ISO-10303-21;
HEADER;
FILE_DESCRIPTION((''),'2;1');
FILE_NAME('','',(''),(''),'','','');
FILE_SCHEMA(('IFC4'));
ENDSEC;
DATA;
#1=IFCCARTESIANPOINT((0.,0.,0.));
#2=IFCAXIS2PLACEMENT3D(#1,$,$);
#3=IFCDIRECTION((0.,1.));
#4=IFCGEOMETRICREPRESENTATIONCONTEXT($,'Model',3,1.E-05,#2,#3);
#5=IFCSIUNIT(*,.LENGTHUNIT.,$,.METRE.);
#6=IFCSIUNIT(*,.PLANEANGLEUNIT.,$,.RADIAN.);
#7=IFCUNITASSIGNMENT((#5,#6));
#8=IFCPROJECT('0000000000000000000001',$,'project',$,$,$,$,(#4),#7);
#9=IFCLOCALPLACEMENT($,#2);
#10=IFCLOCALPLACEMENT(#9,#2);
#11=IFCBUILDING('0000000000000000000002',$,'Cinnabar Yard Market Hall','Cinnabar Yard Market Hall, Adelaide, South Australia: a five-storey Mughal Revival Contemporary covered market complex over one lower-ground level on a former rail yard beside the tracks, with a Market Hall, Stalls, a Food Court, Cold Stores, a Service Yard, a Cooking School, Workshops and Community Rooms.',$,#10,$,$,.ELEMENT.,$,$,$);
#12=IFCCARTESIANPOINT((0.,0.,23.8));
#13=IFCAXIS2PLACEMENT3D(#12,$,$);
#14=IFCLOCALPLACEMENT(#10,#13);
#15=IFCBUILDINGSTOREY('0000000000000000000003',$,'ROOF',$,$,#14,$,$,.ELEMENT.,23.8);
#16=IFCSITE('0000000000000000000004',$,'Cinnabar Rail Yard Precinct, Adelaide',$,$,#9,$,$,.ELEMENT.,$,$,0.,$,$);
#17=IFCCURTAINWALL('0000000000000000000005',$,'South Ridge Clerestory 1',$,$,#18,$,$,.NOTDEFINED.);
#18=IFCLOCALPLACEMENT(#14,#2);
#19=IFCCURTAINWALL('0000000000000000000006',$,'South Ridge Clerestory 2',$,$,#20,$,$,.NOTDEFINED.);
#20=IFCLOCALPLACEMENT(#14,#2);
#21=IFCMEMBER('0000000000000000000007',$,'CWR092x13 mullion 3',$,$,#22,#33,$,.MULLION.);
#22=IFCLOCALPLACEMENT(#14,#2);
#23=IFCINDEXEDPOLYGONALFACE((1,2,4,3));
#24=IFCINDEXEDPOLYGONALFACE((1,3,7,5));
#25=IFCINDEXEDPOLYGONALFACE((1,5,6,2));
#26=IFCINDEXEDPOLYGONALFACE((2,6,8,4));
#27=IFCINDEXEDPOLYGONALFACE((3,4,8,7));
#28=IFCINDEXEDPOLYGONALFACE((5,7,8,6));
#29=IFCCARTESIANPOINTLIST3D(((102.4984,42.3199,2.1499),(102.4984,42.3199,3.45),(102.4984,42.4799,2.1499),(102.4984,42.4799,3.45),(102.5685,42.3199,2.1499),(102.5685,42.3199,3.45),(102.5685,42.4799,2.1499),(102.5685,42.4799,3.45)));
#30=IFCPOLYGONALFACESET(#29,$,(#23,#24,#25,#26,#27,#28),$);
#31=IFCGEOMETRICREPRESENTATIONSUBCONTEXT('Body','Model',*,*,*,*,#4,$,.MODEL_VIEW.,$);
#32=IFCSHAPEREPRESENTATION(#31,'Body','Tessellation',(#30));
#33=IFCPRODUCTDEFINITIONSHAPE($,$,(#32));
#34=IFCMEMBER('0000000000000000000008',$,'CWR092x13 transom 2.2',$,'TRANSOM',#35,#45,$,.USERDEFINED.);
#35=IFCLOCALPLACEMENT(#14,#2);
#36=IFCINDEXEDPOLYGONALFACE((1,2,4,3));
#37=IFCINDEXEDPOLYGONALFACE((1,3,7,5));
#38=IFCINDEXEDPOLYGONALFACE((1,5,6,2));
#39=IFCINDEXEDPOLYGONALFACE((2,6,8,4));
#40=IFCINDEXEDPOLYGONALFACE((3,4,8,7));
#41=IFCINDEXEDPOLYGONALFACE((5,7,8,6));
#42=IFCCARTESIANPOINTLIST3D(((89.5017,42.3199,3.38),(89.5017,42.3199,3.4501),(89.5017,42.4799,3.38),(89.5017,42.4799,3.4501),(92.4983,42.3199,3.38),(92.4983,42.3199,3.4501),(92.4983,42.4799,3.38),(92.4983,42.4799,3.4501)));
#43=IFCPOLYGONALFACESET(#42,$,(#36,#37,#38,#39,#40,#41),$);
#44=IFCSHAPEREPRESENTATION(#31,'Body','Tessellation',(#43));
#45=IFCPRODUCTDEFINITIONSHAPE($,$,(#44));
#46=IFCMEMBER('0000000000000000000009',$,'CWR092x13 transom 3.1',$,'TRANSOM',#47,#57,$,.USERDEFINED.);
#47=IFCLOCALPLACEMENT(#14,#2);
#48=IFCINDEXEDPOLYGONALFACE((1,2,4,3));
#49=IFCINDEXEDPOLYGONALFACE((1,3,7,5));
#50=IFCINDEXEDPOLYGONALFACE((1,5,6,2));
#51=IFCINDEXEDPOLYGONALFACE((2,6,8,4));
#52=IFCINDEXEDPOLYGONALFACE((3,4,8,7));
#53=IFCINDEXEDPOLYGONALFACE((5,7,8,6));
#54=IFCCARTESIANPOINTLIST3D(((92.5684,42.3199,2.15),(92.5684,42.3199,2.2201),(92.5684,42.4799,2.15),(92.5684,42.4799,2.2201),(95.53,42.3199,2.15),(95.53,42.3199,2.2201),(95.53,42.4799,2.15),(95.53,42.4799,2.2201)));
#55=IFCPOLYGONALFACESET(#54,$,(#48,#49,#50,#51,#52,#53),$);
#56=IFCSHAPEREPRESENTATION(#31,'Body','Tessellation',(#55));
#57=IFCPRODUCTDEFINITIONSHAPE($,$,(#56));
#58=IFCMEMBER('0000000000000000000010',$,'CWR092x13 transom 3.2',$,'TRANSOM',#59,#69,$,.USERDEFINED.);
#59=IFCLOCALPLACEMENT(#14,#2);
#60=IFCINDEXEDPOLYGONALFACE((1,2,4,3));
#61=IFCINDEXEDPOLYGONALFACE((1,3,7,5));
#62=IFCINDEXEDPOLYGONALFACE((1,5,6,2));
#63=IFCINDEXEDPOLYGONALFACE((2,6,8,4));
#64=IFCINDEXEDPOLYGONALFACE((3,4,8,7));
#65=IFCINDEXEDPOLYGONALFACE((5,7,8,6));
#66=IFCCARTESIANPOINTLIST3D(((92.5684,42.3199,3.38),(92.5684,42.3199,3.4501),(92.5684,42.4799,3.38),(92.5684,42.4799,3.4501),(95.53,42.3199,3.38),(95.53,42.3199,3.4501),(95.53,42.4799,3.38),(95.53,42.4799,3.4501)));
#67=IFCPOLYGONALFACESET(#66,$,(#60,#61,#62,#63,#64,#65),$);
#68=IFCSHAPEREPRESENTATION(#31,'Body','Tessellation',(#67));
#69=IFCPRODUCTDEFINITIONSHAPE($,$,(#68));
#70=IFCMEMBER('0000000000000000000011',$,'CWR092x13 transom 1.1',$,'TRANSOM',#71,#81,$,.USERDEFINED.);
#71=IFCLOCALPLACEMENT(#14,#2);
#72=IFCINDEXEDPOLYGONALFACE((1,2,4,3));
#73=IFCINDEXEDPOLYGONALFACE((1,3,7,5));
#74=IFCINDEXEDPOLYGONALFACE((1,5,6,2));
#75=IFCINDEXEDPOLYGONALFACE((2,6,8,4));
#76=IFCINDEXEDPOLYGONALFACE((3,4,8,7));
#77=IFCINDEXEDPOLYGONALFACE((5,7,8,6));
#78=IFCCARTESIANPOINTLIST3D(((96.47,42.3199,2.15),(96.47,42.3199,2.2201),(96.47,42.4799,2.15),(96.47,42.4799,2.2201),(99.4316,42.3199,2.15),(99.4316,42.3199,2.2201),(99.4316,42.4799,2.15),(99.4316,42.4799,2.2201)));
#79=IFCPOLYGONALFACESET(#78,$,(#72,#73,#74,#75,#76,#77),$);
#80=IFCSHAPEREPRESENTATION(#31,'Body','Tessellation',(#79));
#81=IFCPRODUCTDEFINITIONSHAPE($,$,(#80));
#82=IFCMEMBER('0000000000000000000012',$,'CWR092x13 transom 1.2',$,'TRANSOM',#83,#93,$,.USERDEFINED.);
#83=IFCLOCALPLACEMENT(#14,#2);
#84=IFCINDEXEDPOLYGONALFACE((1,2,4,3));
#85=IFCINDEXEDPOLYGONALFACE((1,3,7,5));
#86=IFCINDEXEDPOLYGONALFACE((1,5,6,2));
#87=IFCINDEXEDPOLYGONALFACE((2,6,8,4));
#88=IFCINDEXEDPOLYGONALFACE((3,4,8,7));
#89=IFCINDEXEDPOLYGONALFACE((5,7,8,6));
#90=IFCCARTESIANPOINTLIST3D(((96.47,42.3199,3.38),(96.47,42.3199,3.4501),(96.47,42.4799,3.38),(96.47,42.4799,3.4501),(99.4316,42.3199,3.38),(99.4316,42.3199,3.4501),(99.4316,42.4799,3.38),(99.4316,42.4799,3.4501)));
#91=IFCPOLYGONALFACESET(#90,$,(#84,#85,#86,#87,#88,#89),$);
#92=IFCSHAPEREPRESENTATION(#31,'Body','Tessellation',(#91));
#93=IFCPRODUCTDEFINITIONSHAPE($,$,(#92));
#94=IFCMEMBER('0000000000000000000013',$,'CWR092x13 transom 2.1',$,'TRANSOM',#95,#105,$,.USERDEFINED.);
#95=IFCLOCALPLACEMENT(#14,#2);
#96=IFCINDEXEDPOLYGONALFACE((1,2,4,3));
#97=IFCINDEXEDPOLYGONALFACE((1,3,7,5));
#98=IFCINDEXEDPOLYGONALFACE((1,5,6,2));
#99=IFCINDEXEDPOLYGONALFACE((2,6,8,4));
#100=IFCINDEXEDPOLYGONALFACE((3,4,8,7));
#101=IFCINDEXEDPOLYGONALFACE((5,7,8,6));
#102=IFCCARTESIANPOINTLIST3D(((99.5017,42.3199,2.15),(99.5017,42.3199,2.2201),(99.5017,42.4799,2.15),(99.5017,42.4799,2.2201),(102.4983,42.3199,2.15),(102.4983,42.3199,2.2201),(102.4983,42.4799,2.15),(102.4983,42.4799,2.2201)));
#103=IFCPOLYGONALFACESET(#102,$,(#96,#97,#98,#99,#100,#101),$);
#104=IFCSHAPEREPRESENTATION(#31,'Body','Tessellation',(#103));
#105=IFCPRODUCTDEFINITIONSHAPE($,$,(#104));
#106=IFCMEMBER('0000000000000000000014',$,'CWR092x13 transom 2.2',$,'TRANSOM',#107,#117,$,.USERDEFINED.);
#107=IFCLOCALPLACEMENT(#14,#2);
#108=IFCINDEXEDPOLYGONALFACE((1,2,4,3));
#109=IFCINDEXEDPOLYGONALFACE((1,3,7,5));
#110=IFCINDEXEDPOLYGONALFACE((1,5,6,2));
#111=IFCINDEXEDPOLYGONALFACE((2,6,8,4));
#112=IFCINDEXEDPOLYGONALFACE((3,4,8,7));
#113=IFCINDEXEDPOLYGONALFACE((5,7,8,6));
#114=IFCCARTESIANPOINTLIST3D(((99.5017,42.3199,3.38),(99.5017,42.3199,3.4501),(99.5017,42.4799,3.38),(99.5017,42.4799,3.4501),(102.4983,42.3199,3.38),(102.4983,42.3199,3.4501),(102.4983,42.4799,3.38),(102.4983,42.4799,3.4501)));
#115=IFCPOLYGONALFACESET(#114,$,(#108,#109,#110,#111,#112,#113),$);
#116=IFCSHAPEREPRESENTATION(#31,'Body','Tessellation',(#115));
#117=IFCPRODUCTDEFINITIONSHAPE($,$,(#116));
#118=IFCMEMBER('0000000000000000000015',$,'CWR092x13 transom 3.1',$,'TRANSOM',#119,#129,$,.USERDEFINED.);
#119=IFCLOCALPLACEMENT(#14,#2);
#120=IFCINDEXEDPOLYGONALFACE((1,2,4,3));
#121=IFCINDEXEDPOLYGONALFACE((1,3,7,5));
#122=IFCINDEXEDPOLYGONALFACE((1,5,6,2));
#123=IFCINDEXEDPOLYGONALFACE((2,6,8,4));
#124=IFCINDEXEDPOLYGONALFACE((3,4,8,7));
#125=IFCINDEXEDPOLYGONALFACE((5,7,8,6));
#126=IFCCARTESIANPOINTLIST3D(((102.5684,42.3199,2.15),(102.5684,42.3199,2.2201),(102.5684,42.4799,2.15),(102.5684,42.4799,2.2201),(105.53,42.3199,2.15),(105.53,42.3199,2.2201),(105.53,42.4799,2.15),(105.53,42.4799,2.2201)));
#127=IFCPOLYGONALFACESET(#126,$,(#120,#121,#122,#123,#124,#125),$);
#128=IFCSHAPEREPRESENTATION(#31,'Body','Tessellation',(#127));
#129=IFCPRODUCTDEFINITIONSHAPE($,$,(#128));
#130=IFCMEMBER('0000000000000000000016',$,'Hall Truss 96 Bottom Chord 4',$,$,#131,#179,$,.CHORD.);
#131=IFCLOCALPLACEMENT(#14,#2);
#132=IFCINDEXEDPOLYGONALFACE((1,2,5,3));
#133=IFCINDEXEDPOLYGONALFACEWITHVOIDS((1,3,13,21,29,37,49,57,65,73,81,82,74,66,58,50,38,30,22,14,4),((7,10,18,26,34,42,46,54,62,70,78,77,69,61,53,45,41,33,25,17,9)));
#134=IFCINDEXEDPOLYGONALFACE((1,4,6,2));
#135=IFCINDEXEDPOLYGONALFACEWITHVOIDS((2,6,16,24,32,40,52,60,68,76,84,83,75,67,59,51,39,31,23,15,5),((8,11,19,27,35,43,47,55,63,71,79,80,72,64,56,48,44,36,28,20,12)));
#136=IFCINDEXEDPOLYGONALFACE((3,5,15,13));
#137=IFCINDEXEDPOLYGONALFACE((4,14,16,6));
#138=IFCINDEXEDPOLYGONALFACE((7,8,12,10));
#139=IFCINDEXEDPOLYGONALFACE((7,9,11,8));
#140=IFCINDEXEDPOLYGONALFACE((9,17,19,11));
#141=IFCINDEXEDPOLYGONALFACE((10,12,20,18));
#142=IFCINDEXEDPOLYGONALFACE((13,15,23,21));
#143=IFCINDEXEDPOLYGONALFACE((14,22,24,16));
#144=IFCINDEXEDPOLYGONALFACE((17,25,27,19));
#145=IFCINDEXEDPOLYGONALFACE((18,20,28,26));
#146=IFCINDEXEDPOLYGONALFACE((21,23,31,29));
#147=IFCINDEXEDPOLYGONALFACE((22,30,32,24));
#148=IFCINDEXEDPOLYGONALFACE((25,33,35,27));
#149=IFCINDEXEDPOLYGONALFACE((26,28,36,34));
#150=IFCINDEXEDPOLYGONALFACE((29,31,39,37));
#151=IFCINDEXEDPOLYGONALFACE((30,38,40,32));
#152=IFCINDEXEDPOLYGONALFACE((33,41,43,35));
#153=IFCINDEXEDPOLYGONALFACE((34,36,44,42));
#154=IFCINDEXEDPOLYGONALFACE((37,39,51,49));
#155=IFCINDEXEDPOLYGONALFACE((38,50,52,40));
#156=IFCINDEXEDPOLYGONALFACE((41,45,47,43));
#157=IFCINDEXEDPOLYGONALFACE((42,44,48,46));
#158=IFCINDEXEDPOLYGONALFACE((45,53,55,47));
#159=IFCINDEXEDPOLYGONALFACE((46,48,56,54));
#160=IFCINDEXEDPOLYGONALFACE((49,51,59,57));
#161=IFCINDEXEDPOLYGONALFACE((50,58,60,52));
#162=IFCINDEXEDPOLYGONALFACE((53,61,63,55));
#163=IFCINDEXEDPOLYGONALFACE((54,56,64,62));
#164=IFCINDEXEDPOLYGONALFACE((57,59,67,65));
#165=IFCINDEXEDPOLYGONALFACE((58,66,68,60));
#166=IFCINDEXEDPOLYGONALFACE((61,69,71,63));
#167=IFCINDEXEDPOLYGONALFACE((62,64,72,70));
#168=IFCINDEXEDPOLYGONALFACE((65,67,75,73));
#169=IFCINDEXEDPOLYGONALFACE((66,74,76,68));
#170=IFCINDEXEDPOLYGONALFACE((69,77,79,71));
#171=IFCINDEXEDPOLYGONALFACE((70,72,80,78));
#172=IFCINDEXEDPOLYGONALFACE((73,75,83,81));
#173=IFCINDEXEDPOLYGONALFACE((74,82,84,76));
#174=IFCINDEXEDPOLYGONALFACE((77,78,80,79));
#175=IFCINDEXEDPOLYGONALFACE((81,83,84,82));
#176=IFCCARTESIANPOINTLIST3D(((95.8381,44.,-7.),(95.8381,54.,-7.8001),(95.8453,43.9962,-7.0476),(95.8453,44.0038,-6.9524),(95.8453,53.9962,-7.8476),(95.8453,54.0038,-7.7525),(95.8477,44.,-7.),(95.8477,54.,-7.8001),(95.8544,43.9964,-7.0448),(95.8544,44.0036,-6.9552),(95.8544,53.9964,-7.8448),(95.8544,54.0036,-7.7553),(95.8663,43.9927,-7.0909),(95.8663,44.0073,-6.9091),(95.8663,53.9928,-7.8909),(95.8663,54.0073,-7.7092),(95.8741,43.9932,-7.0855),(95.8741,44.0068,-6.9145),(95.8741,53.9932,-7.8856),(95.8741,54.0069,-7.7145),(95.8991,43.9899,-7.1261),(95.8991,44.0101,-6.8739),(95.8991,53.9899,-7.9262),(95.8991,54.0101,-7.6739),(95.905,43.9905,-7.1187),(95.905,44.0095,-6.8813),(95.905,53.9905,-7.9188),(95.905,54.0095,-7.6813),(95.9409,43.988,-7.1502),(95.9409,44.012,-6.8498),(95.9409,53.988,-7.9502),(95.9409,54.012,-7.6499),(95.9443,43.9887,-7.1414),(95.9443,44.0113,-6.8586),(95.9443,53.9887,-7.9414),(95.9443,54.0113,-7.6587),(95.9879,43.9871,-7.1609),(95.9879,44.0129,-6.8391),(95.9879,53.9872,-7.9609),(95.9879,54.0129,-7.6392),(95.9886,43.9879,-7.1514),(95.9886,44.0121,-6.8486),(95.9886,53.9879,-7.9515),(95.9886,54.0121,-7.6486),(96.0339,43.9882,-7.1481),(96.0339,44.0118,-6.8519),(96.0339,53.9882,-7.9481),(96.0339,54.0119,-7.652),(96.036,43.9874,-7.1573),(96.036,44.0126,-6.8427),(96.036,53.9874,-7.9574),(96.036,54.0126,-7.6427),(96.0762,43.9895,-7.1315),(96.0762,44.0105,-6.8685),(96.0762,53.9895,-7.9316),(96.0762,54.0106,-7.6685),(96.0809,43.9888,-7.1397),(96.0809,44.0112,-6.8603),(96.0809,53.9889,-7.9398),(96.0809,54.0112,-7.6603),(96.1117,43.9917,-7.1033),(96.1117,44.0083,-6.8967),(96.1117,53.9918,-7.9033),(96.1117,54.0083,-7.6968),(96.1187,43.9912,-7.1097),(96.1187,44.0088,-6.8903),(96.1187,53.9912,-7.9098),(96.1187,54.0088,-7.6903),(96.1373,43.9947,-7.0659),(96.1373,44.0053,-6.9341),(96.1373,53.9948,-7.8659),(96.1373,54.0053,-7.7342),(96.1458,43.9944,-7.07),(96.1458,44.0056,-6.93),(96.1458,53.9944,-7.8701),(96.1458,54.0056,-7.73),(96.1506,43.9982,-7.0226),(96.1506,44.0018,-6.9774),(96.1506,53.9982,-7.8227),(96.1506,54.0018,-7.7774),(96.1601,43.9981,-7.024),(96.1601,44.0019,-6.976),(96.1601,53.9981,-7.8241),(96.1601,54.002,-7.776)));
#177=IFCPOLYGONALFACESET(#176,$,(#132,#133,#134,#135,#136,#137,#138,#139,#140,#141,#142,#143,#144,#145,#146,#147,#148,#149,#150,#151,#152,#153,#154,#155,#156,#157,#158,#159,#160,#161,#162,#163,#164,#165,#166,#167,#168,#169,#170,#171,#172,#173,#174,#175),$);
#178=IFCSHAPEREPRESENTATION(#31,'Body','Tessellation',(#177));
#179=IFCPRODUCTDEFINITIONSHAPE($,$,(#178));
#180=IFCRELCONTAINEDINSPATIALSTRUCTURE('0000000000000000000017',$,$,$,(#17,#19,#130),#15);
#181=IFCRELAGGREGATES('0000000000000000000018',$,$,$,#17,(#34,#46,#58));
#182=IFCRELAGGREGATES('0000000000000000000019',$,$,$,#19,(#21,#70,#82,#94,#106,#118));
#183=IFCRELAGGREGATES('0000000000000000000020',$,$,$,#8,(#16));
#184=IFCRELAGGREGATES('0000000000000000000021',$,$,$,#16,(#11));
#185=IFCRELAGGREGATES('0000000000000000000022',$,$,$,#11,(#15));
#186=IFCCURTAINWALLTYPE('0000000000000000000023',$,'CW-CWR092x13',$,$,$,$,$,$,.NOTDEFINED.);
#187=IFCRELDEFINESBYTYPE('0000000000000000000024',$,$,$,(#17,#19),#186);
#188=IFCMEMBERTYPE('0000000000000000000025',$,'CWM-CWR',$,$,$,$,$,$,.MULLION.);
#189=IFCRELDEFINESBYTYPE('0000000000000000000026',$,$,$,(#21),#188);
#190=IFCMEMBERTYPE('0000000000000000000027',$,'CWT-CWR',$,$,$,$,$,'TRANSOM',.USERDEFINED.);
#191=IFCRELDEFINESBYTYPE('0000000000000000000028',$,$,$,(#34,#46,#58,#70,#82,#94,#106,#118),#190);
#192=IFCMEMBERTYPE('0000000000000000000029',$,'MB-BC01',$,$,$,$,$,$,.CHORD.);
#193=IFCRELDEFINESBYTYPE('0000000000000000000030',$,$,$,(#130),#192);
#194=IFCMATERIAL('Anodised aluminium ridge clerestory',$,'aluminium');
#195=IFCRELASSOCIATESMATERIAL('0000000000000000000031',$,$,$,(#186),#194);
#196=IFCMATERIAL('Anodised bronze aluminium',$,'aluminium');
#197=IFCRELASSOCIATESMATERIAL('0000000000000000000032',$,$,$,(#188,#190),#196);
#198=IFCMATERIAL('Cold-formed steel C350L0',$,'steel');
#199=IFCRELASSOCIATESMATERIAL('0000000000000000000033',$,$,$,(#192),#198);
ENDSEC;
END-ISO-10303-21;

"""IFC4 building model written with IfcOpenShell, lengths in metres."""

from ifc_helpers import new_model, si_unit, direction, frame, origin, origin_2d_with_axis, place, context, subcontext, project, spatial, rectangle, hollow_circle, extrude, material, material_profile, profile_set, type_object, element, aggregate, save


model = new_model("IFC4")

# Units and contexts
model_context = context("Model", 3, precision=1e-05, world=origin(), true_north=direction((0.0, 1.0)))
body_context = subcontext(model_context, "Body", "Model", "MODEL_VIEW")
ifc_project = project(units=[si_unit("LENGTHUNIT", "METRE"), si_unit("PLANEANGLEUNIT", "RADIAN")], contexts=[model_context])

# Site, building, storey
site_placement = place(None, origin())
site = spatial("IfcSite", under=ifc_project, at=site_placement, Name="Cinnabar Rail Yard Precinct, Adelaide", CompositionType="ELEMENT", RefElevation=0.0)
building_placement = place(site_placement, origin())
building = spatial("IfcBuilding", under=site, at=building_placement, Name="Cinnabar Yard Market Hall", Description="Cinnabar Yard Market Hall, Adelaide, South Australia: a five-storey Mughal Revival Contemporary covered market complex over one lower-ground level on a former rail yard beside the tracks, with a Market Hall, Stalls, a Food Court, Cold Stores, a Service Yard, a Cooking School, Workshops and Community Rooms.", CompositionType="ELEMENT")
storey_placement = place(building_placement, frame((0.0, 0.0, 23.8)))
storey = spatial("IfcBuildingStorey", under=building, at=storey_placement, Name="ROOF", CompositionType="ELEMENT", Elevation=23.8)

# Curtain walls, member
ifc_material_1 = material(Name="Anodised aluminium ridge clerestory", Category="aluminium")
curtain_wall_type = type_object("IfcCurtainWallType", Name="CW-CWR092x13", PredefinedType="NOTDEFINED", material=ifc_material_1)
curtain_wall_1_placement = place(storey_placement, origin())
curtain_wall_1 = element("IfcCurtainWall", 1, at=curtain_wall_1_placement, inside=storey, type_object=curtain_wall_type, Name="South Ridge Clerestory 1", PredefinedType="NOTDEFINED")
ifc_material_2 = material(Name="Anodised bronze aluminium", Category="aluminium")
ifc_material_profile_1 = material_profile(ifc_material_2, rectangle(XDim=0.1599, YDim=0.0701, at=origin_2d_with_axis()), Name="MUL-CWR")
ifc_profile_set_1 = profile_set([ifc_material_profile_1], Name="Anodised bronze aluminium")
member_type_1 = type_object("IfcMemberType", Name="CWM-CWR", PredefinedType="MULLION", material=ifc_profile_set_1)
curtain_wall_2_placement = place(storey_placement, origin())
curtain_wall_2 = element("IfcCurtainWall", 2, at=curtain_wall_2_placement, inside=storey, type_object=curtain_wall_type, Name="South Ridge Clerestory 2", PredefinedType="NOTDEFINED")
member_1_placement = place(storey_placement, frame((102.5334, 42.3999, 2.1499), z_axis=(0.0, 0.0, 1.0), x_axis=(0.0, 1.0, 0.0)))
member_1 = element("IfcMember", 3, at=member_1_placement, type_object=member_type_1, Name="CWR092x13 mullion 3", PredefinedType="MULLION", context=body_context, shape_type="SweptSolid", body=[
    extrude(rectangle(XDim=0.1599, YDim=0.0701, at=origin_2d_with_axis()), origin(), (0.0, 0.0, 1.0), 1.3),
])

# Members
ifc_material_profile_2 = material_profile(ifc_material_2, rectangle(XDim=0.1599, YDim=0.0701, at=origin_2d_with_axis()), Name="TRN-CWR")
ifc_profile_set_2 = profile_set([ifc_material_profile_2], Name="Anodised bronze aluminium")
member_type_2 = type_object("IfcMemberType", Name="CWT-CWR", ElementType="TRANSOM", PredefinedType="USERDEFINED", material=ifc_profile_set_2)
member_2_placement = place(storey_placement, frame((89.5017, 42.3999, 3.415), z_axis=(1.0, 0.0, 0.0), x_axis=(0.0, 1.0, 0.0)))
member_2 = element("IfcMember", 4, at=member_2_placement, type_object=member_type_2, Name="CWR092x13 transom 2.2", ObjectType="TRANSOM", PredefinedType="USERDEFINED", context=body_context, shape_type="SweptSolid", body=[
    extrude(rectangle(XDim=0.1599, YDim=0.0701, at=origin_2d_with_axis()), origin(), (0.0, 0.0, 1.0), 2.9966),
])
member_3_placement = place(storey_placement, frame((92.5684, 42.3999, 2.1851), z_axis=(1.0, 0.0, 0.0), x_axis=(0.0, 1.0, 0.0)))
member_3 = element("IfcMember", 5, at=member_3_placement, type_object=member_type_2, Name="CWR092x13 transom 3.1", ObjectType="TRANSOM", PredefinedType="USERDEFINED", context=body_context, shape_type="SweptSolid", body=[
    extrude(rectangle(XDim=0.1599, YDim=0.0701, at=origin_2d_with_axis()), origin(), (0.0, 0.0, 1.0), 2.9617),
])
member_4_placement = place(storey_placement, frame((92.5684, 42.3999, 3.415), z_axis=(1.0, 0.0, 0.0), x_axis=(0.0, 1.0, 0.0)))
member_4 = element("IfcMember", 6, at=member_4_placement, type_object=member_type_2, Name="CWR092x13 transom 3.2", ObjectType="TRANSOM", PredefinedType="USERDEFINED", context=body_context, shape_type="SweptSolid", body=[
    extrude(rectangle(XDim=0.1599, YDim=0.0701, at=origin_2d_with_axis()), origin(), (0.0, 0.0, 1.0), 2.9617),
])
member_5_placement = place(storey_placement, frame((96.47, 42.3999, 2.1851), z_axis=(1.0, 0.0, 0.0), x_axis=(0.0, 1.0, 0.0)))
member_5 = element("IfcMember", 7, at=member_5_placement, type_object=member_type_2, Name="CWR092x13 transom 1.1", ObjectType="TRANSOM", PredefinedType="USERDEFINED", context=body_context, shape_type="SweptSolid", body=[
    extrude(rectangle(XDim=0.1599, YDim=0.0701, at=origin_2d_with_axis()), origin(), (0.0, 0.0, 1.0), 2.9617),
])
member_6_placement = place(storey_placement, frame((96.47, 42.3999, 3.415), z_axis=(1.0, 0.0, 0.0), x_axis=(0.0, 1.0, 0.0)))
member_6 = element("IfcMember", 8, at=member_6_placement, type_object=member_type_2, Name="CWR092x13 transom 1.2", ObjectType="TRANSOM", PredefinedType="USERDEFINED", context=body_context, shape_type="SweptSolid", body=[
    extrude(rectangle(XDim=0.1599, YDim=0.0701, at=origin_2d_with_axis()), origin(), (0.0, 0.0, 1.0), 2.9617),
])
member_7_placement = place(storey_placement, frame((99.5017, 42.3999, 2.1851), z_axis=(1.0, 0.0, 0.0), x_axis=(0.0, 1.0, 0.0)))
member_7 = element("IfcMember", 9, at=member_7_placement, type_object=member_type_2, Name="CWR092x13 transom 2.1", ObjectType="TRANSOM", PredefinedType="USERDEFINED", context=body_context, shape_type="SweptSolid", body=[
    extrude(rectangle(XDim=0.1599, YDim=0.0701, at=origin_2d_with_axis()), origin(), (0.0, 0.0, 1.0), 2.9966),
])
member_8_placement = place(storey_placement, frame((99.5017, 42.3999, 3.415), z_axis=(1.0, 0.0, 0.0), x_axis=(0.0, 1.0, 0.0)))
member_8 = element("IfcMember", 10, at=member_8_placement, type_object=member_type_2, Name="CWR092x13 transom 2.2", ObjectType="TRANSOM", PredefinedType="USERDEFINED", context=body_context, shape_type="SweptSolid", body=[
    extrude(rectangle(XDim=0.1599, YDim=0.0701, at=origin_2d_with_axis()), origin(), (0.0, 0.0, 1.0), 2.9966),
])
member_9_placement = place(storey_placement, frame((102.5684, 42.3999, 2.1851), z_axis=(1.0, 0.0, 0.0), x_axis=(0.0, 1.0, 0.0)))
member_9 = element("IfcMember", 11, at=member_9_placement, type_object=member_type_2, Name="CWR092x13 transom 3.1", ObjectType="TRANSOM", PredefinedType="USERDEFINED", context=body_context, shape_type="SweptSolid", body=[
    extrude(rectangle(XDim=0.1599, YDim=0.0701, at=origin_2d_with_axis()), origin(), (0.0, 0.0, 1.0), 2.9617),
])

# Member
ifc_material_3 = material(Name="Cold-formed steel C350L0", Category="steel")
ifc_material_profile_3 = material_profile(ifc_material_3, hollow_circle(Radius=0.1619, WallThickness=0.0095, at=origin_2d_with_axis()), Name="323.9x9.5CHS")
ifc_profile_set_3 = profile_set([ifc_material_profile_3], Name="Cold-formed steel C350L0")
member_type_3 = type_object("IfcMemberType", Name="MB-BC01", PredefinedType="CHORD", material=ifc_profile_set_3)
member_10_placement = place(storey_placement, frame((96.0, 44.0, -7.0), z_axis=(0.0, 0.996815, -0.07975), x_axis=(-1.0, 0.0, 0.0)))
element("IfcMember", 12, at=member_10_placement, inside=storey, type_object=member_type_3, Name="Hall Truss 96 Bottom Chord 4", PredefinedType="CHORD", context=body_context, shape_type="SweptSolid", body=[
    extrude(hollow_circle(Radius=0.1619, WallThickness=0.0095, at=origin_2d_with_axis()), origin(), (0.0, 0.0, 1.0), 10.032),
])

aggregate(curtain_wall_1, [member_2, member_3, member_4])
aggregate(curtain_wall_2, [member_1, member_5, member_6, member_7, member_8, member_9])

save(model, "model.ifc")
